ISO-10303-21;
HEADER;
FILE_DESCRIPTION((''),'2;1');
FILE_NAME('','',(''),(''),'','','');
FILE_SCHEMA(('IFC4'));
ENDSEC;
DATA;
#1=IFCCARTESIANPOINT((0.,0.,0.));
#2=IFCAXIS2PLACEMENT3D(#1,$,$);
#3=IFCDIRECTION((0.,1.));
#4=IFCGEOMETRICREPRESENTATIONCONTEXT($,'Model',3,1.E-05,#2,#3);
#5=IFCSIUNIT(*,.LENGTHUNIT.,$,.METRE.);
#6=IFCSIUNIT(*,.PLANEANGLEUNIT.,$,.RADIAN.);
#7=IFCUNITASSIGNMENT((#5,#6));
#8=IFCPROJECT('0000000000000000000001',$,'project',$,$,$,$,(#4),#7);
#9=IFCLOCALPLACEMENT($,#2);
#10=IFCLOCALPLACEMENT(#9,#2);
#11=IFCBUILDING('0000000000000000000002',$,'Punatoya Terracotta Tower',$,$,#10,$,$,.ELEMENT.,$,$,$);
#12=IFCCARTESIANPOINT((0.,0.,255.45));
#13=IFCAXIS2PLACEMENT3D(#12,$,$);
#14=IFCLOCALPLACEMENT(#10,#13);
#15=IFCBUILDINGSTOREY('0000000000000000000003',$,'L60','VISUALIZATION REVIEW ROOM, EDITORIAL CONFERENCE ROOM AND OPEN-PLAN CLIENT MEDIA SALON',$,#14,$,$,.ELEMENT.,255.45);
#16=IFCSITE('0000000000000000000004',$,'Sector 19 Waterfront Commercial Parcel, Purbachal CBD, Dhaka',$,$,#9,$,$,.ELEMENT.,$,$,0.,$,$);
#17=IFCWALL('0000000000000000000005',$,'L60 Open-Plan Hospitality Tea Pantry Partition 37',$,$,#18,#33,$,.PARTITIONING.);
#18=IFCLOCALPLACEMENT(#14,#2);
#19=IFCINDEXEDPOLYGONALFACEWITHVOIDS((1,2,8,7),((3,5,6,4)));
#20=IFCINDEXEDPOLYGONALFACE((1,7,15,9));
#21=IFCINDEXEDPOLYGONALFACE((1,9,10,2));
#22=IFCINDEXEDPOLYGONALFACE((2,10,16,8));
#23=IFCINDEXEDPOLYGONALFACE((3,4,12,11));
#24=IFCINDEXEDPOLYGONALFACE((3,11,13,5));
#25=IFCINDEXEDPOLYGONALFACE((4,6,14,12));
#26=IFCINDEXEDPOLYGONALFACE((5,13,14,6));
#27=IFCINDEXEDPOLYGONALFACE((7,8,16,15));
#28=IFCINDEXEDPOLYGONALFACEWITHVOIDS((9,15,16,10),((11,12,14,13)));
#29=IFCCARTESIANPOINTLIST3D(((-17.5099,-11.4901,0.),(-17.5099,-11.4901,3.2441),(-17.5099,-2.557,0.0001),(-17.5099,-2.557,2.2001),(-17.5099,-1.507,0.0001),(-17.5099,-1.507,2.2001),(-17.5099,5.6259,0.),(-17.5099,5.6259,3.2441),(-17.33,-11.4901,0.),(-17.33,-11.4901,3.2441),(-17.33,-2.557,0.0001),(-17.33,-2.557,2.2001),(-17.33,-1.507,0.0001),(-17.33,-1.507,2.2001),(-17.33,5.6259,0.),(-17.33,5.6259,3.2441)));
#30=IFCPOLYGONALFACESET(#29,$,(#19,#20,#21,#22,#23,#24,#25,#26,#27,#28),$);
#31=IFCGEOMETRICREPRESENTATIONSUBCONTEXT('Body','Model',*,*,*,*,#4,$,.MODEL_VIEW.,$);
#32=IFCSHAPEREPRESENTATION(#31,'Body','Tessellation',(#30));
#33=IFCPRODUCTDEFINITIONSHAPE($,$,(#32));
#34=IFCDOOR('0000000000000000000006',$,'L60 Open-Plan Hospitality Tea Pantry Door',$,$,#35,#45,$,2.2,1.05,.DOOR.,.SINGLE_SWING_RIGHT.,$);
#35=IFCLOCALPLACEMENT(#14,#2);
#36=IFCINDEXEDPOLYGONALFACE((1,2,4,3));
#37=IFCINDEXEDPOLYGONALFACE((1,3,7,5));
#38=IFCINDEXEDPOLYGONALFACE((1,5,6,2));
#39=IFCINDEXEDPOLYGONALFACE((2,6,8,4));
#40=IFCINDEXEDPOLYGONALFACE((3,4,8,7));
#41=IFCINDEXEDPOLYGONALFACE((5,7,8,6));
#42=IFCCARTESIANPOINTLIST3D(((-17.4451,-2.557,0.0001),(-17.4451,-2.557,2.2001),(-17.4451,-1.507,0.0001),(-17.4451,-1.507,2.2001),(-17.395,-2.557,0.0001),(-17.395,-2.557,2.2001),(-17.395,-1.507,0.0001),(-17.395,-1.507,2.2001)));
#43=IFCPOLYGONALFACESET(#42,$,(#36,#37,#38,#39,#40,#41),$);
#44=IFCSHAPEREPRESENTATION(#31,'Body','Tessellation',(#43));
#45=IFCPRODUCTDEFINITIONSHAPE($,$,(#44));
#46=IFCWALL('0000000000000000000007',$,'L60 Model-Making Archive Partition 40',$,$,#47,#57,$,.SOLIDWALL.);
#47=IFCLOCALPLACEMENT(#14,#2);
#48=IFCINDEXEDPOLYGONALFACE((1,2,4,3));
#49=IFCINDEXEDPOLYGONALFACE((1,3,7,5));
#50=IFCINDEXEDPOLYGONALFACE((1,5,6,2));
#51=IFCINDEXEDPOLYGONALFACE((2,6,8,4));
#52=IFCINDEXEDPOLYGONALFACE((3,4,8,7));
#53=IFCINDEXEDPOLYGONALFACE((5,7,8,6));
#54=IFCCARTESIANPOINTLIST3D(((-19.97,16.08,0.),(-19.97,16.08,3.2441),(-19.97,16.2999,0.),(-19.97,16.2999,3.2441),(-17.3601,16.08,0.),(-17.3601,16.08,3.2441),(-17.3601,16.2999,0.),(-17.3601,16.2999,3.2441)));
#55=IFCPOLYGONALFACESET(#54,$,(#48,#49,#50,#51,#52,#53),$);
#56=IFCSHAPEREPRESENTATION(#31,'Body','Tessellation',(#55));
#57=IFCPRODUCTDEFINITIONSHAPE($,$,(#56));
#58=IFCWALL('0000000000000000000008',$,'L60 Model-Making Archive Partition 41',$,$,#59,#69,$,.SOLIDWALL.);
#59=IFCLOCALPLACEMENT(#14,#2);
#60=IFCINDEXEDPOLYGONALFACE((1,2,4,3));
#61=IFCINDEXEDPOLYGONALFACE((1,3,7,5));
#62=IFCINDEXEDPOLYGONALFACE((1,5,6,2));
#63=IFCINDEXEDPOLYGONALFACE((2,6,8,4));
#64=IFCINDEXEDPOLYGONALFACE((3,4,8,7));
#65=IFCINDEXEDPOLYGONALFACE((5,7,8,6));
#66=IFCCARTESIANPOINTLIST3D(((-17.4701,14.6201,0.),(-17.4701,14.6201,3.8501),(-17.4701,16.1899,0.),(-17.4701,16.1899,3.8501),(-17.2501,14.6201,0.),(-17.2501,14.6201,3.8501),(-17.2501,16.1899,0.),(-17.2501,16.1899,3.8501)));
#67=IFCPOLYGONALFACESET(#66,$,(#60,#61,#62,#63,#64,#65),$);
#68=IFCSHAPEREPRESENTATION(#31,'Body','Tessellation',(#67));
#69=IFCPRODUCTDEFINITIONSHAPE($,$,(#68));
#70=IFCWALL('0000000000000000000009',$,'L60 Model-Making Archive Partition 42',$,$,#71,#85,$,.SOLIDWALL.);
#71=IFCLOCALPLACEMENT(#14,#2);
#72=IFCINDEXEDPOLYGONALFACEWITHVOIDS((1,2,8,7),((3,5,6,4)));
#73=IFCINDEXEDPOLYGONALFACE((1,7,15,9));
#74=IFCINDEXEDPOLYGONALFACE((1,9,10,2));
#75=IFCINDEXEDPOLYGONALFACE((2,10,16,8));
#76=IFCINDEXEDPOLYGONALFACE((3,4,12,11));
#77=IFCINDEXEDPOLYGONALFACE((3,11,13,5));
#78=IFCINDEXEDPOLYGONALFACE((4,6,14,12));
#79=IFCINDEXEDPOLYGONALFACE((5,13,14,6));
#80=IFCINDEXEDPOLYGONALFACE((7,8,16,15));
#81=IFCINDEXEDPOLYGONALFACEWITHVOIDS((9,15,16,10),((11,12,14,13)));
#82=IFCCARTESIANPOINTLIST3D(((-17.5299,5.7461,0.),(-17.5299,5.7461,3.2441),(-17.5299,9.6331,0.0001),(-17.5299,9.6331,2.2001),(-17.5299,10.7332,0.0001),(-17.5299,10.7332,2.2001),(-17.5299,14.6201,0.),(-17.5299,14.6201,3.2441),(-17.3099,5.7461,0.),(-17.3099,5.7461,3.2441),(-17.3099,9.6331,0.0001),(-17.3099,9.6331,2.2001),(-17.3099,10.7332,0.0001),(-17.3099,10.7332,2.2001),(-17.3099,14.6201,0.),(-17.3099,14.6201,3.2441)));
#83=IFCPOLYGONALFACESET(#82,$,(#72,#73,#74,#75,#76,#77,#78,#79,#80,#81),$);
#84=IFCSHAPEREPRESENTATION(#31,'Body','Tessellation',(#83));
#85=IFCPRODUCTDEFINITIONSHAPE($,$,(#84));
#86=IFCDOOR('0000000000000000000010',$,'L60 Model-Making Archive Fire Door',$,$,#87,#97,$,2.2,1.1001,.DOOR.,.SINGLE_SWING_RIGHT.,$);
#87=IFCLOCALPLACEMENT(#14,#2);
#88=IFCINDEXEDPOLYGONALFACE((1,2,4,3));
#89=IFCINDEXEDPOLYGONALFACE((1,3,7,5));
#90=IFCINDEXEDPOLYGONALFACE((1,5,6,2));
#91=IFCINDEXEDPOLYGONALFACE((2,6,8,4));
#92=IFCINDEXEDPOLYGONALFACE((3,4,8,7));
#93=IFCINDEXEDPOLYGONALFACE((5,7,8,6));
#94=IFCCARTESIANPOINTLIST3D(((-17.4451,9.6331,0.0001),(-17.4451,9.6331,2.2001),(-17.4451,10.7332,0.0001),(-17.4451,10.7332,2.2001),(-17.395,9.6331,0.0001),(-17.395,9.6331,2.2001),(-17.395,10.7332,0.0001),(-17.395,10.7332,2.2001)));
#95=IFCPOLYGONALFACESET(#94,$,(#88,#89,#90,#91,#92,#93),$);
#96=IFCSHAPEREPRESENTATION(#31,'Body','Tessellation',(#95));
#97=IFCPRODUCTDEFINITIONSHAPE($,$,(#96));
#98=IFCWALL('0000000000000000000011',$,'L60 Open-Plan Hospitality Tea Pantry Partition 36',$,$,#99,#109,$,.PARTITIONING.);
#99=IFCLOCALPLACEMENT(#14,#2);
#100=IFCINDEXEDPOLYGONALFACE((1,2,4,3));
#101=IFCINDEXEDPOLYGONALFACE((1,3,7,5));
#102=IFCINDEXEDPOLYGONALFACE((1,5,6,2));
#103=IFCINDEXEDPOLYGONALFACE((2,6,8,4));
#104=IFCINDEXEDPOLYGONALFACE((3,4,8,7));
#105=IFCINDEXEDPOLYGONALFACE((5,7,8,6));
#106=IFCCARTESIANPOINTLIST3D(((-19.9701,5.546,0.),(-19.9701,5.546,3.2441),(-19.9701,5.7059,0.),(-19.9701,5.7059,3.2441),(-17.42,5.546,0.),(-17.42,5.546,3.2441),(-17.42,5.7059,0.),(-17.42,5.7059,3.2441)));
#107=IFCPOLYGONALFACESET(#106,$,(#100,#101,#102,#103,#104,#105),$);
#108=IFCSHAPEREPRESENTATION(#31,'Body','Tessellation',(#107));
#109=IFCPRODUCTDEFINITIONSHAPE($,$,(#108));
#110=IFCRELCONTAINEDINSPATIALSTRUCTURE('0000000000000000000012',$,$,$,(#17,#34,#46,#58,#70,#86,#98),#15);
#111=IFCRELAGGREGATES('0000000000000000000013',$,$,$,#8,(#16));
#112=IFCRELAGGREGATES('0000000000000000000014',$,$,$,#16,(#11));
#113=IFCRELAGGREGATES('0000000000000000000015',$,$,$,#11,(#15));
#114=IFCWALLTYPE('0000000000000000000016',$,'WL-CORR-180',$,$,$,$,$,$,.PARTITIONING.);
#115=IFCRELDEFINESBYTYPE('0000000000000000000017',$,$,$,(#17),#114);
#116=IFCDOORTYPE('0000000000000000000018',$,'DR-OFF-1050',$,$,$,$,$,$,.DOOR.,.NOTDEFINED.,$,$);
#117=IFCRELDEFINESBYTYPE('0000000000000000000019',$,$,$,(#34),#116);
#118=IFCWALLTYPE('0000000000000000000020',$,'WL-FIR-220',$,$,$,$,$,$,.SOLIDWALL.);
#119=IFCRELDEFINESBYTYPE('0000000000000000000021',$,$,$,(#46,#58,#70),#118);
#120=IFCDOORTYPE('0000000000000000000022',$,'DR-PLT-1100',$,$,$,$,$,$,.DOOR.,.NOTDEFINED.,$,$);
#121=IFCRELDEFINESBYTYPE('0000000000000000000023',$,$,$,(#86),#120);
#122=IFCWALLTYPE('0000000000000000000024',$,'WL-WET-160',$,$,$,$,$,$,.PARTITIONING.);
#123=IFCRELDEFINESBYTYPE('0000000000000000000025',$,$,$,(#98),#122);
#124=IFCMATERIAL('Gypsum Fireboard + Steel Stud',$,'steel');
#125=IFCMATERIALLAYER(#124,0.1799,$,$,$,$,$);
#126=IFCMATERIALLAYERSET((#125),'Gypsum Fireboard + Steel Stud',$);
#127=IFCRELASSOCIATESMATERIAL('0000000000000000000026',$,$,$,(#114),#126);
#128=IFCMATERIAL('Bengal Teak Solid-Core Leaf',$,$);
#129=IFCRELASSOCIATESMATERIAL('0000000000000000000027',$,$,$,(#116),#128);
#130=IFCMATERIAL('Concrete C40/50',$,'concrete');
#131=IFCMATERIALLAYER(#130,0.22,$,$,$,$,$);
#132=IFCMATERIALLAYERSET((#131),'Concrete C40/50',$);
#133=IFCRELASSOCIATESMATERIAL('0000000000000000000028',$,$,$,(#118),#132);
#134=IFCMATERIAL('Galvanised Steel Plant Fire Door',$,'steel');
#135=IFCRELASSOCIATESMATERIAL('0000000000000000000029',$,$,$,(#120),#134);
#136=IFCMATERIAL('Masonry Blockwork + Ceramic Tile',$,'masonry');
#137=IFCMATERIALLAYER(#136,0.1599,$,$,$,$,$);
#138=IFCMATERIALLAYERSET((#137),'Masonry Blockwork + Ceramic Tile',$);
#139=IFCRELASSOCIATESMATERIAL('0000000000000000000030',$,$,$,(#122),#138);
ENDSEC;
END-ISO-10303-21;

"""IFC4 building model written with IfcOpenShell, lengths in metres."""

from ifc_helpers import new_model, si_unit, direction, frame, frame_2d, origin, place, context, subcontext, project, spatial, rectangle, extrude, material, layer, layer_set, type_object, element, fill, save


model = new_model("IFC4")

# Units and contexts
model_context = context("Model", 3, precision=1e-05, world=origin(), true_north=direction((0.0, 1.0)))
body_context = subcontext(model_context, "Body", "Model", "MODEL_VIEW")
ifc_project = project(units=[si_unit("LENGTHUNIT", "METRE"), si_unit("PLANEANGLEUNIT", "RADIAN")], contexts=[model_context])

# Site, building, storey
site_placement = place(None, origin())
site = spatial("IfcSite", under=ifc_project, at=site_placement, Name="Sector 19 Waterfront Commercial Parcel, Purbachal CBD, Dhaka", CompositionType="ELEMENT", RefElevation=0.0)
building_placement = place(site_placement, origin())
building = spatial("IfcBuilding", under=site, at=building_placement, Name="Punatoya Terracotta Tower", CompositionType="ELEMENT")
storey_placement = place(building_placement, frame((0.0, 0.0, 255.45)))
storey = spatial("IfcBuildingStorey", under=building, at=storey_placement, Name="L60", Description="VISUALIZATION REVIEW ROOM, EDITORIAL CONFERENCE ROOM AND OPEN-PLAN CLIENT MEDIA SALON", CompositionType="ELEMENT", Elevation=255.45)

# Wall, opening, door
ifc_material_1 = material(Name="Gypsum Fireboard + Steel Stud", Category="steel")
ifc_layer_1 = layer(ifc_material_1, 0.1799)
ifc_layer_set_1 = layer_set([ifc_layer_1], Name="Gypsum Fireboard + Steel Stud")
wall_type_1 = type_object("IfcWallType", Name="WL-CORR-180", PredefinedType="PARTITIONING", material=ifc_layer_set_1)
wall_1_placement = place(storey_placement, frame((-17.4199, 5.626, 0.0), z_axis=(0.0, 0.0, 1.0), x_axis=(0.0, -1.0, 0.0)))
wall_1 = element("IfcWall", 1, at=wall_1_placement, inside=storey, type_object=wall_type_1, Name="L60 Open-Plan Hospitality Tea Pantry Partition 37", PredefinedType="PARTITIONING", context=body_context, shape_type="SweptSolid", body=[
    extrude(rectangle(XDim=17.116, YDim=0.1799, at=frame_2d((8.5581, 0.0))), origin(), (0.0, 0.0, 1.0), 3.2441),
])
opening_1_placement = place(wall_1_placement, frame((7.1331, 0.0, 0.0)))
opening_1 = element("IfcOpeningElement", 2, at=opening_1_placement, cuts=wall_1, PredefinedType="OPENING", context=body_context, shape_type="SweptSolid", body=[
    extrude(rectangle(XDim=1.05, YDim=2.2, at=frame_2d((0.5249, 1.1001))), frame((0.0, 0.0999, 0.0), z_axis=(0.0, -1.0, 0.0), x_axis=(1.0, 0.0, 0.0)), (0.0, 0.0, 1.0), 0.2),
])
ifc_material_2 = material(Name="Bengal Teak Solid-Core Leaf")
door_type_1 = type_object("IfcDoorType", Name="DR-OFF-1050", OperationType="NOTDEFINED", PredefinedType="DOOR", material=ifc_material_2)
door_1_placement = place(opening_1_placement, origin())
door_1 = element("IfcDoor", 3, at=door_1_placement, inside=storey, type_object=door_type_1, Name="L60 Open-Plan Hospitality Tea Pantry Door", OperationType="SINGLE_SWING_RIGHT", OverallHeight=2.2, OverallWidth=1.05, PredefinedType="DOOR", context=body_context, shape_type="SweptSolid", body=[
    extrude(rectangle(XDim=1.05, YDim=2.2, at=frame_2d((0.5249, 1.1001))), frame((0.0, 0.0249, 0.0), z_axis=(0.0, -1.0, 0.0), x_axis=(1.0, 0.0, 0.0)), (0.0, 0.0, 1.0), 0.05),
])
fill(opening_1, door_1)

# Walls
ifc_material_3 = material(Name="Concrete C40/50", Category="concrete")
ifc_layer_2 = layer(ifc_material_3, 0.22)
ifc_layer_set_2 = layer_set([ifc_layer_2], Name="Concrete C40/50")
wall_type_2 = type_object("IfcWallType", Name="WL-FIR-220", PredefinedType="SOLIDWALL", material=ifc_layer_set_2)
wall_2_placement = place(storey_placement, frame((-19.97, 16.1899, 0.0), z_axis=(0.0, 0.0, 1.0), x_axis=(1.0, 0.0, 0.0)))
element("IfcWall", 4, at=wall_2_placement, inside=storey, type_object=wall_type_2, Name="L60 Model-Making Archive Partition 40", PredefinedType="SOLIDWALL", context=body_context, shape_type="SweptSolid", body=[
    extrude(rectangle(XDim=2.6099, YDim=0.22, at=frame_2d((1.3049, 0.0))), origin(), (0.0, 0.0, 1.0), 3.2441),
])
wall_3_placement = place(storey_placement, frame((-17.3601, 16.1899, 0.0), z_axis=(0.0, 0.0, 1.0), x_axis=(0.0, -1.0, 0.0)))
element("IfcWall", 5, at=wall_3_placement, inside=storey, type_object=wall_type_2, Name="L60 Model-Making Archive Partition 41", PredefinedType="SOLIDWALL", context=body_context, shape_type="SweptSolid", body=[
    extrude(rectangle(XDim=1.5698, YDim=0.22, at=frame_2d((0.7849, 0.0))), origin(), (0.0, 0.0, 1.0), 3.8501),
])

# Wall, opening, door
wall_4_placement = place(storey_placement, frame((-17.4199, 14.6201, 0.0), z_axis=(0.0, 0.0, 1.0), x_axis=(0.0, -1.0, 0.0)))
wall_4 = element("IfcWall", 6, at=wall_4_placement, inside=storey, type_object=wall_type_2, Name="L60 Model-Making Archive Partition 42", PredefinedType="SOLIDWALL", context=body_context, shape_type="SweptSolid", body=[
    extrude(rectangle(XDim=8.874, YDim=0.22, at=frame_2d((4.437, 0.0))), origin(), (0.0, 0.0, 1.0), 3.2441),
])
opening_2_placement = place(wall_4_placement, frame((3.887, 0.0, 0.0)))
opening_2 = element("IfcOpeningElement", 7, at=opening_2_placement, cuts=wall_4, PredefinedType="OPENING", context=body_context, shape_type="SweptSolid", body=[
    extrude(rectangle(XDim=1.1001, YDim=2.2, at=frame_2d((0.55, 1.1001))), frame((0.0, 0.1199, 0.0), z_axis=(0.0, -1.0, 0.0), x_axis=(1.0, 0.0, 0.0)), (0.0, 0.0, 1.0), 0.24),
])
ifc_material_4 = material(Name="Galvanised Steel Plant Fire Door", Category="steel")
door_type_2 = type_object("IfcDoorType", Name="DR-PLT-1100", OperationType="NOTDEFINED", PredefinedType="DOOR", material=ifc_material_4)
door_2_placement = place(opening_2_placement, origin())
door_2 = element("IfcDoor", 8, at=door_2_placement, inside=storey, type_object=door_type_2, Name="L60 Model-Making Archive Fire Door", OperationType="SINGLE_SWING_RIGHT", OverallHeight=2.2, OverallWidth=1.1001, PredefinedType="DOOR", context=body_context, shape_type="SweptSolid", body=[
    extrude(rectangle(XDim=1.1001, YDim=2.2, at=frame_2d((0.55, 1.1001))), frame((0.0, 0.0249, 0.0), z_axis=(0.0, -1.0, 0.0), x_axis=(1.0, 0.0, 0.0)), (0.0, 0.0, 1.0), 0.05),
])
fill(opening_2, door_2)

# Wall
ifc_material_5 = material(Name="Masonry Blockwork + Ceramic Tile", Category="masonry")
ifc_layer_3 = layer(ifc_material_5, 0.1599)
ifc_layer_set_3 = layer_set([ifc_layer_3], Name="Masonry Blockwork + Ceramic Tile")
wall_type_3 = type_object("IfcWallType", Name="WL-WET-160", PredefinedType="PARTITIONING", material=ifc_layer_set_3)
wall_5_placement = place(storey_placement, frame((-19.97, 5.626, 0.0), z_axis=(0.0, 0.0, 1.0), x_axis=(1.0, 0.0, 0.0)))
element("IfcWall", 9, at=wall_5_placement, inside=storey, type_object=wall_type_3, Name="L60 Open-Plan Hospitality Tea Pantry Partition 36", PredefinedType="PARTITIONING", context=body_context, shape_type="SweptSolid", body=[
    extrude(rectangle(XDim=2.55, YDim=0.1599, at=frame_2d((1.2749, 0.0))), origin(), (0.0, 0.0, 1.0), 3.2441),
])

save(model, "model.ifc")
